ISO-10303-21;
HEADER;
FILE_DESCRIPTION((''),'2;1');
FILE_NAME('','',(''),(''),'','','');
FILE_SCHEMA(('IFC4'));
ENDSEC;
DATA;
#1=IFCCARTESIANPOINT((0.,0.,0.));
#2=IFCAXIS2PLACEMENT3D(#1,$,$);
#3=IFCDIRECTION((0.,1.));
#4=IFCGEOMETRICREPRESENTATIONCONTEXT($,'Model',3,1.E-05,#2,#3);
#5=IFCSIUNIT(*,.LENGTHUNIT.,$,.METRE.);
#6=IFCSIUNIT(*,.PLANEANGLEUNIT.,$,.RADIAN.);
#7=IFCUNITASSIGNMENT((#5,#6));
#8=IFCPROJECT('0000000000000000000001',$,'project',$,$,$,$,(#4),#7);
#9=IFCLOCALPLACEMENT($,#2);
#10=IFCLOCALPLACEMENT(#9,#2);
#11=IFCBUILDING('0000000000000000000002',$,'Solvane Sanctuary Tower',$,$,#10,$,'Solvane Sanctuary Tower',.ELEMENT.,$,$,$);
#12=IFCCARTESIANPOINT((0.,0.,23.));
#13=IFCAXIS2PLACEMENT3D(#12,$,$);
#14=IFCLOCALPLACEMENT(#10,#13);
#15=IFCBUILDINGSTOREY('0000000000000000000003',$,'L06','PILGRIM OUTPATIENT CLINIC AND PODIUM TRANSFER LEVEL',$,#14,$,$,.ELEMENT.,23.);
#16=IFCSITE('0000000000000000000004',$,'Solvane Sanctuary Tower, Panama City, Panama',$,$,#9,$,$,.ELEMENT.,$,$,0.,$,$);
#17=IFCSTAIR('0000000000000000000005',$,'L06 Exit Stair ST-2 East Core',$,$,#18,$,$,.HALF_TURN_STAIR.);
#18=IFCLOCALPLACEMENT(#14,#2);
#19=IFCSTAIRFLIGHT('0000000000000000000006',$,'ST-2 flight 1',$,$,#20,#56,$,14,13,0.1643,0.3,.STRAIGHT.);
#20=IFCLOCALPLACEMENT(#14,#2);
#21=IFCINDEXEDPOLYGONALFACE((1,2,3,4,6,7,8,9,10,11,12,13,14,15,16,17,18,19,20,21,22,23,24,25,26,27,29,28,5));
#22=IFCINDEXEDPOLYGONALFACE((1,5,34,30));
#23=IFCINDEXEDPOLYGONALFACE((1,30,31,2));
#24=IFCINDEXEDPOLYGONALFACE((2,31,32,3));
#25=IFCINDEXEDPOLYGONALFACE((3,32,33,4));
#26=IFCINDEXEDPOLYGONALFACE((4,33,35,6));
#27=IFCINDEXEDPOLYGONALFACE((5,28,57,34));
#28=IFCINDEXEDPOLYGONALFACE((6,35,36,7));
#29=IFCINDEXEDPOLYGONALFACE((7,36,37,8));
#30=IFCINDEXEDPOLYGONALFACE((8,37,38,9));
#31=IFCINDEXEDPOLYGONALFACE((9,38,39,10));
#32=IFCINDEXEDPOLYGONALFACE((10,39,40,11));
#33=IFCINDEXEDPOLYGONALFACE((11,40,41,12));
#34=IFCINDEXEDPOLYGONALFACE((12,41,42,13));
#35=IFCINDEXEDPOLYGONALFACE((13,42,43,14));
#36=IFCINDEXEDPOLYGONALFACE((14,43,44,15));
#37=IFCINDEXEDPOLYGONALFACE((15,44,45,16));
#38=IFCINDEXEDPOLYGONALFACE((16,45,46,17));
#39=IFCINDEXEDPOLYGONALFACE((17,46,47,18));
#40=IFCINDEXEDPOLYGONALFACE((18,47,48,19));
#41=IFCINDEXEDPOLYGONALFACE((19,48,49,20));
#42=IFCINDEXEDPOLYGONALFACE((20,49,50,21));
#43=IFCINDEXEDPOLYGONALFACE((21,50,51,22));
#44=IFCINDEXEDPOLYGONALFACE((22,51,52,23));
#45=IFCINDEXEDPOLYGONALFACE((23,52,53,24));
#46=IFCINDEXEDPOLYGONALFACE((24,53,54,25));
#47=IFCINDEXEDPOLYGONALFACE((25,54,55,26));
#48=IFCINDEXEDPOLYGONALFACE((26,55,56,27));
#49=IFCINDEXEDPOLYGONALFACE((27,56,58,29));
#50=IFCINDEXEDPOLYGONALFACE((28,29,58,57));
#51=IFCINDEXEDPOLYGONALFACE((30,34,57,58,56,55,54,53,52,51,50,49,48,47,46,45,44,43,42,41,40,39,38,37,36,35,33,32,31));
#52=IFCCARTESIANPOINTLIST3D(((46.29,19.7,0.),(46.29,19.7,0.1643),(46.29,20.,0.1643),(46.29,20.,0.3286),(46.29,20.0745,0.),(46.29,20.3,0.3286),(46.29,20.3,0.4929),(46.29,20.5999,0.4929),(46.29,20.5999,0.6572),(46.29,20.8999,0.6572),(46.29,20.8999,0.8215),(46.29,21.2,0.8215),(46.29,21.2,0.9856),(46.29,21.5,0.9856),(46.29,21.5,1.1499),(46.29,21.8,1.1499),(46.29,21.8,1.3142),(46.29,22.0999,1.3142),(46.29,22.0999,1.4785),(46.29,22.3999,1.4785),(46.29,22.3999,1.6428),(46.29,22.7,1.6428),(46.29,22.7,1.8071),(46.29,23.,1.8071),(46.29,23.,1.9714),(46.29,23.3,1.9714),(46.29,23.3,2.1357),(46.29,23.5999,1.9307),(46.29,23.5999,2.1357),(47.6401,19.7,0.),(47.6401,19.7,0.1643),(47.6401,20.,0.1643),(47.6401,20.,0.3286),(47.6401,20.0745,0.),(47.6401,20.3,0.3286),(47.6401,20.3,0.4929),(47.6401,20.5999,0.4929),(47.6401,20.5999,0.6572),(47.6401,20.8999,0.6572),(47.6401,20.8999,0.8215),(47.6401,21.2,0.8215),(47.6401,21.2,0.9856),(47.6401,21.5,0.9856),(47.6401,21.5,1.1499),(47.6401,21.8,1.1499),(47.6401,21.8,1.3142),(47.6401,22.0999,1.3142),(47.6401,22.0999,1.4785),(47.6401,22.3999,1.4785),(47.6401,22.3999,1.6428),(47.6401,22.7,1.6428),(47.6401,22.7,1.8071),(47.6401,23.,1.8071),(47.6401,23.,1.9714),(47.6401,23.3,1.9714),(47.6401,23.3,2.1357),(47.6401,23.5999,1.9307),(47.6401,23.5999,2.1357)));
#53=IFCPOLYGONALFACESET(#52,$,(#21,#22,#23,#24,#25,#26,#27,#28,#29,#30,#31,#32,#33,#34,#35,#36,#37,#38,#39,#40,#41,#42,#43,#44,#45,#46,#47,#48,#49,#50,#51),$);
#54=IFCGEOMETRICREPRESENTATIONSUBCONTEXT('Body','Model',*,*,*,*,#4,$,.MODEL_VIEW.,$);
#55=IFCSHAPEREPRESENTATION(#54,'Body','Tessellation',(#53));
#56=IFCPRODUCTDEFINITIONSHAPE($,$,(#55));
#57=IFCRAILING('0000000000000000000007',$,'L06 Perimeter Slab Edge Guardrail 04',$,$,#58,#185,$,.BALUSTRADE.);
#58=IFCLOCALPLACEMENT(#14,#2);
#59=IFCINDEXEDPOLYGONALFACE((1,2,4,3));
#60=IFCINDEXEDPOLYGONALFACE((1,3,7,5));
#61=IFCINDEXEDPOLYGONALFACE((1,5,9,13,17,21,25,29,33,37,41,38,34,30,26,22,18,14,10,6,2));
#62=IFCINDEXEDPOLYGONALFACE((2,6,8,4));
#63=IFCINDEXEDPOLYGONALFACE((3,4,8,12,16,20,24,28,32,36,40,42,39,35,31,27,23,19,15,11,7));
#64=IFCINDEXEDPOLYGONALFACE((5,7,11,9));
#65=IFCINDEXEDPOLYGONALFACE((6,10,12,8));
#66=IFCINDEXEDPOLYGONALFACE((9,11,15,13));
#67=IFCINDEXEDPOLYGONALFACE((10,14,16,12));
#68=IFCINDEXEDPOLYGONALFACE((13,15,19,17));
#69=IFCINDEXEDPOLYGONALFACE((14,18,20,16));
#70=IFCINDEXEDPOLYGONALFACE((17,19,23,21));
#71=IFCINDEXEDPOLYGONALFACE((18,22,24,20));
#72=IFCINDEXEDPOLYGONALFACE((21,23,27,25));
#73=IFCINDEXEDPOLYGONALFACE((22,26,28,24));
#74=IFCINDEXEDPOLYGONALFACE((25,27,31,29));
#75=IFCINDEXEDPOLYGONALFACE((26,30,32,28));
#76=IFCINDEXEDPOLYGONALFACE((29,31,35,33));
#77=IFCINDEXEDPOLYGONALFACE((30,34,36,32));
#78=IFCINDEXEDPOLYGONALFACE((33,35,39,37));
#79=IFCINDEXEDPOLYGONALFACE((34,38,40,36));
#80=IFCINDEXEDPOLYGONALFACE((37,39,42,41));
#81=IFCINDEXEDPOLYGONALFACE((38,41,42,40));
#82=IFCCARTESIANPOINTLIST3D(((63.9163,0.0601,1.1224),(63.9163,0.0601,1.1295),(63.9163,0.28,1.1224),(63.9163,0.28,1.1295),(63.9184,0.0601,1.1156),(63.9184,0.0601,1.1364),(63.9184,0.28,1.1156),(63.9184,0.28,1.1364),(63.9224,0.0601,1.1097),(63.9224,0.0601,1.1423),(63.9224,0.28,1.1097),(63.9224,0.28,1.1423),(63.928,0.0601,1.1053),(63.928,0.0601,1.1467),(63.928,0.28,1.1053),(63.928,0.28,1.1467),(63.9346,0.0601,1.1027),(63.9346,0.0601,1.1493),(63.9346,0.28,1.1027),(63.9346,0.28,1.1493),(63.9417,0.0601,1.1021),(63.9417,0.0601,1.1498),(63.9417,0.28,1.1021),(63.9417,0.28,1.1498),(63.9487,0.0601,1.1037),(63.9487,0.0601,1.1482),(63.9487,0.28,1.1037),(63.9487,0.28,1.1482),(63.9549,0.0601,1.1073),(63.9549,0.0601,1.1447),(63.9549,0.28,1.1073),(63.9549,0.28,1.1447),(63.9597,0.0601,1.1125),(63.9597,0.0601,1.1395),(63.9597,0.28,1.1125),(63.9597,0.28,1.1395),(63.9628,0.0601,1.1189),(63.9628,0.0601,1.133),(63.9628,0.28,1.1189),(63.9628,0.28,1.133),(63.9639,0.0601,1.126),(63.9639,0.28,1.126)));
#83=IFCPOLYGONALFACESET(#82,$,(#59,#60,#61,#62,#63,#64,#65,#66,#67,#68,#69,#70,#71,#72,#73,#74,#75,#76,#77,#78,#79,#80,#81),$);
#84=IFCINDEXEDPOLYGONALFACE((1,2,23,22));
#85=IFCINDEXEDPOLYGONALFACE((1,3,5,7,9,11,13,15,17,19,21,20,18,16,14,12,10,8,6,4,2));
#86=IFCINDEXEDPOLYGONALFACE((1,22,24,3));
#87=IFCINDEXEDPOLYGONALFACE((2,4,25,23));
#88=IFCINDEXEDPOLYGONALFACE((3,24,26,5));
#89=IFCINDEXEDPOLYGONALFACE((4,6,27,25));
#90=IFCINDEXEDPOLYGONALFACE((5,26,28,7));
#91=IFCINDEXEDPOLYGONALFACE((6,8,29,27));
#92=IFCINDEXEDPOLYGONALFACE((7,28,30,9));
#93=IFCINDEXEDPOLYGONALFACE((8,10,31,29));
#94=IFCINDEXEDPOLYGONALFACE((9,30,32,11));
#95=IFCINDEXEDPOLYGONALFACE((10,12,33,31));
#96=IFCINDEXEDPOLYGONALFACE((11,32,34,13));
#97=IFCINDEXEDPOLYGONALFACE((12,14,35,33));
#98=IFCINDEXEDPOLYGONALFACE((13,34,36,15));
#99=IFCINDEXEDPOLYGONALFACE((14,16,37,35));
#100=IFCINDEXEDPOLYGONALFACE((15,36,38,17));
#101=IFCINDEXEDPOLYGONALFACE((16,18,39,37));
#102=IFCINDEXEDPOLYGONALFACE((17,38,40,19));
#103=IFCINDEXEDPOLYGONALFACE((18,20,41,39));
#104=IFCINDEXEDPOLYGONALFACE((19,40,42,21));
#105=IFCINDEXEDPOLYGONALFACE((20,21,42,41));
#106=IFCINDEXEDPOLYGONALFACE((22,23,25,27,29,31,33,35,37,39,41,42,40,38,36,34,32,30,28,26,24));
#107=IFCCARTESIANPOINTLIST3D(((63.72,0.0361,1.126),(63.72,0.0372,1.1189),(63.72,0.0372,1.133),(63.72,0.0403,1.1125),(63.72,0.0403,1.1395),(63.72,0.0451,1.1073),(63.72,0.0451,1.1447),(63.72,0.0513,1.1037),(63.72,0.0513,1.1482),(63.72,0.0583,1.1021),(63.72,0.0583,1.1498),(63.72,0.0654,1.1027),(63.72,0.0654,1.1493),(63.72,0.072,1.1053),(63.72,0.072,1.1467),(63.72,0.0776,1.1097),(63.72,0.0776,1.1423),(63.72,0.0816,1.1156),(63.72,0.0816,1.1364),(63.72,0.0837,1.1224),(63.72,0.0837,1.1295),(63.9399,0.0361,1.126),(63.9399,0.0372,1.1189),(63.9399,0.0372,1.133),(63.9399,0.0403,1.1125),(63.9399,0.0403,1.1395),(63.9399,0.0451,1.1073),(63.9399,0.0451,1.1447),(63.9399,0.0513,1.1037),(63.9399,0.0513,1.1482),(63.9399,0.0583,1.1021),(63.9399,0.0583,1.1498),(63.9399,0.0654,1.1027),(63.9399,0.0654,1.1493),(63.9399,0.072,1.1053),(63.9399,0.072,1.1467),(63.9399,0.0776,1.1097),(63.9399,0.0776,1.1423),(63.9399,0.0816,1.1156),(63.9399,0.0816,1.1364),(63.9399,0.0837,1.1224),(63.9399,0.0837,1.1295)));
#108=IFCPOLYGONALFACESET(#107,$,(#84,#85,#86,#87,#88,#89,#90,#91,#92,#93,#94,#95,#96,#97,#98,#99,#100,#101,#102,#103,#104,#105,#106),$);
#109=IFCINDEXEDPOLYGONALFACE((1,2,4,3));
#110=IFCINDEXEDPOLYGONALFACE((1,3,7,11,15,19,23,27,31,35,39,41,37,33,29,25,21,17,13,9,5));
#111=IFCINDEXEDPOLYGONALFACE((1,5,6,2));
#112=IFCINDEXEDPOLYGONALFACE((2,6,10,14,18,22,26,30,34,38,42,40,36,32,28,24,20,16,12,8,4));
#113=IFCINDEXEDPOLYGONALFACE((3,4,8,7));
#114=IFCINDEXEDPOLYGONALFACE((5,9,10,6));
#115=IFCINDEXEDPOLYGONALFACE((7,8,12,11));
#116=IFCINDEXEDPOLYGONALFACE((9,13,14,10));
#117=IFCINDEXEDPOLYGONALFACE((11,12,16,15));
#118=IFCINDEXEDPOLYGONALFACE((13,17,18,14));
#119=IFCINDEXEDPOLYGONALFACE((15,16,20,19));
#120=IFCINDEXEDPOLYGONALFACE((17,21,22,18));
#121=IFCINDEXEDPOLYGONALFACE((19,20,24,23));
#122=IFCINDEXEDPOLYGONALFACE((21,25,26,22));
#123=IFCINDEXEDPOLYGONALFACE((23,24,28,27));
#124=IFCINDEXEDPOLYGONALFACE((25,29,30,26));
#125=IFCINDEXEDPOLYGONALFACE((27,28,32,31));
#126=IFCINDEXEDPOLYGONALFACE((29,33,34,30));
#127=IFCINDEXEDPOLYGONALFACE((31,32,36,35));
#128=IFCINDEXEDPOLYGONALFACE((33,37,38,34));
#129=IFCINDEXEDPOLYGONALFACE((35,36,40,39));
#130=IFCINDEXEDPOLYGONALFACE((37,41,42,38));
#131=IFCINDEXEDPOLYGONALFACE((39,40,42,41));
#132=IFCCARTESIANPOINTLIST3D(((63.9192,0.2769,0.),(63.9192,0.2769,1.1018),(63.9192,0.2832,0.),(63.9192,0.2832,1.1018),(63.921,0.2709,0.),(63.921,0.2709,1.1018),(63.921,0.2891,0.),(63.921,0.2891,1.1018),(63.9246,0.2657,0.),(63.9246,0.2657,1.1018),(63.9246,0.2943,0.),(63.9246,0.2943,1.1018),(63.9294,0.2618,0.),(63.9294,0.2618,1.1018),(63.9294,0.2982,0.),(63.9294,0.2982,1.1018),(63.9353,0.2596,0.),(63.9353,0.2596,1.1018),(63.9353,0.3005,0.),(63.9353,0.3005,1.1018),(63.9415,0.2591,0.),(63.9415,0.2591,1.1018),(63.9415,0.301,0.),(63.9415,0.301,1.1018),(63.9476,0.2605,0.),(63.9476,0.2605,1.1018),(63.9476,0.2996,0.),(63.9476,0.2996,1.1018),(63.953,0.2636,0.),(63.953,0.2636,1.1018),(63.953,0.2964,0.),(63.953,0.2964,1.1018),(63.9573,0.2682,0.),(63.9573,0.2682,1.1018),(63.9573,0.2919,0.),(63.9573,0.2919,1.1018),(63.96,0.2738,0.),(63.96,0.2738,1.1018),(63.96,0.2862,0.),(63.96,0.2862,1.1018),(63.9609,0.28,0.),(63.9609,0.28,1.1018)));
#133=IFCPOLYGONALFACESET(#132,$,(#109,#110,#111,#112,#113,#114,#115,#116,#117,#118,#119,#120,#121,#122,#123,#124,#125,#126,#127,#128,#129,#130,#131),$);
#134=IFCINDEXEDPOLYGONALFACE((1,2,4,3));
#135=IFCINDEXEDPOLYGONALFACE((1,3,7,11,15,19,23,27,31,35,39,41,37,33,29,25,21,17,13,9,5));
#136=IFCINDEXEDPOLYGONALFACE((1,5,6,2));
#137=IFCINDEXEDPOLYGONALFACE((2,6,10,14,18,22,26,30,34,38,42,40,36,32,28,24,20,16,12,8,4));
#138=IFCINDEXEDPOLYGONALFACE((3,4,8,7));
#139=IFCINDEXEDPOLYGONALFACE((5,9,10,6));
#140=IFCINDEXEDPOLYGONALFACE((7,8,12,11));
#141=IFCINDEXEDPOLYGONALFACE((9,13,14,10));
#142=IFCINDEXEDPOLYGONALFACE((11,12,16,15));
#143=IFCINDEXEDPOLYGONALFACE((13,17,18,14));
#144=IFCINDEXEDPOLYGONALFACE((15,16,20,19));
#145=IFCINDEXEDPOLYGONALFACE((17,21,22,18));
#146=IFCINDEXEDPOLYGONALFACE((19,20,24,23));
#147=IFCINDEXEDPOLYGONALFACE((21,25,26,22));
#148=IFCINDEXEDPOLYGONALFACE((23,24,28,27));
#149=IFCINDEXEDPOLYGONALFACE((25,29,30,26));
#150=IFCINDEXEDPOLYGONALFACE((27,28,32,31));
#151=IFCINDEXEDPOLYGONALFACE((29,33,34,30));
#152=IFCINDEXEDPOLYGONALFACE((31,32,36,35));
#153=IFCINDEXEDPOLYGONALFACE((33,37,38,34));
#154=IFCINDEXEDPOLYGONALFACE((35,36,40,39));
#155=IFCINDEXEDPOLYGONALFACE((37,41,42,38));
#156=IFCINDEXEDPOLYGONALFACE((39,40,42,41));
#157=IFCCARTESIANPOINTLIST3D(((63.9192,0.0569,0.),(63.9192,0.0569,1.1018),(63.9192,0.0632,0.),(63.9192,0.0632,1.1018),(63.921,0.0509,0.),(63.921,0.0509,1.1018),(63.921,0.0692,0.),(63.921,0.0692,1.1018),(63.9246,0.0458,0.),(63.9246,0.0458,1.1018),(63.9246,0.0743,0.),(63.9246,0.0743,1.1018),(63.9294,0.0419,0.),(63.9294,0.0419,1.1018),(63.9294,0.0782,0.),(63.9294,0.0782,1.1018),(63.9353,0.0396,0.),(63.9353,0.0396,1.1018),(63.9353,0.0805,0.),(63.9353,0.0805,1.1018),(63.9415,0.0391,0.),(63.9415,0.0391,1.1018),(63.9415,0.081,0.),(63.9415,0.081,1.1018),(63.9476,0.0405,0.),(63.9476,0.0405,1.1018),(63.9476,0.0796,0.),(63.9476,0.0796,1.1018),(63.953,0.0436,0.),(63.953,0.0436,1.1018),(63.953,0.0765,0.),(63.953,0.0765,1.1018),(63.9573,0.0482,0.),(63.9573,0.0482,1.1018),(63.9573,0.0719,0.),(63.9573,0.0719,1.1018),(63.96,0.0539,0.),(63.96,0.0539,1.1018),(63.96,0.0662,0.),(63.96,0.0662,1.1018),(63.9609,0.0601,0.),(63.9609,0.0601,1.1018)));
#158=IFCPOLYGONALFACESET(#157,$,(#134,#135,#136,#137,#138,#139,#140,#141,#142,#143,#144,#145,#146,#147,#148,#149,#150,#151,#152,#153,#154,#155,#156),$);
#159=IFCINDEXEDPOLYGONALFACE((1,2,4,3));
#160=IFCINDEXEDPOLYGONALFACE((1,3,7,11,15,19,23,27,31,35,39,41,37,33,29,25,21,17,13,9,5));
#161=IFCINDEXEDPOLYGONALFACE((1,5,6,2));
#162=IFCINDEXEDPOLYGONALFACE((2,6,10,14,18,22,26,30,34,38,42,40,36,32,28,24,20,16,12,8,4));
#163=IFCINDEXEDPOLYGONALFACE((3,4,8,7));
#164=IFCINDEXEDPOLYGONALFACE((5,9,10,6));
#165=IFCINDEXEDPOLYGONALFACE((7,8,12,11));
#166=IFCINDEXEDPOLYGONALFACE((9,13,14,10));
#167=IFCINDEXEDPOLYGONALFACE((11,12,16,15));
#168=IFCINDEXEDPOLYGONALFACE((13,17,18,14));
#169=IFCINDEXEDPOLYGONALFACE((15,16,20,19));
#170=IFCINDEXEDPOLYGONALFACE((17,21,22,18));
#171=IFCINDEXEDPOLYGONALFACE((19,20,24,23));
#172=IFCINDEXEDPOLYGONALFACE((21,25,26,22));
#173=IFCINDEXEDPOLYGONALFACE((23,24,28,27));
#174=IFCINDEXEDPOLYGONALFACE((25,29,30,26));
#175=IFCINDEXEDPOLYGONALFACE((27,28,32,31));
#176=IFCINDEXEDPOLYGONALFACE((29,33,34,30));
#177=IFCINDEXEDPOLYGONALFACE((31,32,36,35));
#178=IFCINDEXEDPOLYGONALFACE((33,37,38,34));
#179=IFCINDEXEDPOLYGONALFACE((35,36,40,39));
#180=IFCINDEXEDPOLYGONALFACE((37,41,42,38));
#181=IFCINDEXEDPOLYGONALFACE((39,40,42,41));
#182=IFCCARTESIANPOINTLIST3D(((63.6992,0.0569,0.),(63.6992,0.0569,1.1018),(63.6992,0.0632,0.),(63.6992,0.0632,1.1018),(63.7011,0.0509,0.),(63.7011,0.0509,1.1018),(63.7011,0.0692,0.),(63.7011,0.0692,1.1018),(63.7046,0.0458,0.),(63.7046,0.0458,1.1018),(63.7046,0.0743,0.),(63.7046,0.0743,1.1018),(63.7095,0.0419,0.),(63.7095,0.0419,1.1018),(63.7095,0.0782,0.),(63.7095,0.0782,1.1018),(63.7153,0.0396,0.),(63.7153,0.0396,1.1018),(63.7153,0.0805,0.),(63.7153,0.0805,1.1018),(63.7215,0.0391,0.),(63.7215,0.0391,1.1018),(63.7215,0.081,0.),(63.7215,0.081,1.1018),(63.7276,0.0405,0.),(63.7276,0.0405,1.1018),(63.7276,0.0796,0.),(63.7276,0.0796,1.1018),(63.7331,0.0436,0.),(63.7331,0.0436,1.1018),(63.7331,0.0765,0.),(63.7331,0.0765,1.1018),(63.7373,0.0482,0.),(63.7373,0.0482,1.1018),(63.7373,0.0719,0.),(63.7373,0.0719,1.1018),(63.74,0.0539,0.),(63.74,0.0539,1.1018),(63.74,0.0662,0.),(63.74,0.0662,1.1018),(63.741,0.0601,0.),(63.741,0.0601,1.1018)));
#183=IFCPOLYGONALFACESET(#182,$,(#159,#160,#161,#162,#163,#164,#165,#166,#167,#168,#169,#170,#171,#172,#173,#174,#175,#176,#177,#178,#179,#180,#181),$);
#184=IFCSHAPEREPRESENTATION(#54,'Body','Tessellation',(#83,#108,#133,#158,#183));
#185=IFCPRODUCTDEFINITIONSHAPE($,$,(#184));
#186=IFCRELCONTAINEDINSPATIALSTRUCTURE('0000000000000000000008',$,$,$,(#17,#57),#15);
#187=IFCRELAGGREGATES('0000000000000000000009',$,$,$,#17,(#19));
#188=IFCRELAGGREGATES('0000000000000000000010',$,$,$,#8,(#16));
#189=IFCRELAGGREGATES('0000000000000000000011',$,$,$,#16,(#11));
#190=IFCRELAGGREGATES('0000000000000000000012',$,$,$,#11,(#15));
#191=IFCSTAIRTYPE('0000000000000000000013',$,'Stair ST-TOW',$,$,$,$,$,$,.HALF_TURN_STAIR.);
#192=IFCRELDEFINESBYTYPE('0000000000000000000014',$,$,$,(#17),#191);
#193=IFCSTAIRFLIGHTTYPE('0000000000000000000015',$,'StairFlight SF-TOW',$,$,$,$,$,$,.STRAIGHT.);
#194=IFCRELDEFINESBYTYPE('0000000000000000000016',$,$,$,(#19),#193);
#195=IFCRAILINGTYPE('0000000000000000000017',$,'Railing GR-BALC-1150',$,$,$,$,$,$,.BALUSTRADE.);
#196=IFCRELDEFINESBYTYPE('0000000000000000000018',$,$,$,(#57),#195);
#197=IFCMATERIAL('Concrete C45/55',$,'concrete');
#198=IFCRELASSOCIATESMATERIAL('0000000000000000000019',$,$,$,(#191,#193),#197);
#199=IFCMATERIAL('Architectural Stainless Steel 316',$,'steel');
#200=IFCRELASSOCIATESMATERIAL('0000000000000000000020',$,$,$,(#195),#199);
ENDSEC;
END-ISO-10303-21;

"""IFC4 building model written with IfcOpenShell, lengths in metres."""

from ifc_helpers import new_model, si_unit, direction, frame, origin, origin_2d, place, context, subcontext, project, spatial, polyline, circle, outline, extrude, material, type_object, element, aggregate, save


model = new_model("IFC4")

# Units and contexts
model_context = context("Model", 3, precision=1e-05, world=origin(), true_north=direction((0.0, 1.0)))
body_context = subcontext(model_context, "Body", "Model", "MODEL_VIEW")
ifc_project = project(units=[si_unit("LENGTHUNIT", "METRE"), si_unit("PLANEANGLEUNIT", "RADIAN")], contexts=[model_context])

# Site, building, storey
site_placement = place(None, origin())
site = spatial("IfcSite", under=ifc_project, at=site_placement, Name="Solvane Sanctuary Tower, Panama City, Panama", CompositionType="ELEMENT", RefElevation=0.0)
building_placement = place(site_placement, origin())
building = spatial("IfcBuilding", under=site, at=building_placement, Name="Solvane Sanctuary Tower", LongName="Solvane Sanctuary Tower", CompositionType="ELEMENT")
storey_placement = place(building_placement, frame((0.0, 0.0, 23.0)))
storey = spatial("IfcBuildingStorey", under=building, at=storey_placement, Name="L06", Description="PILGRIM OUTPATIENT CLINIC AND PODIUM TRANSFER LEVEL", CompositionType="ELEMENT", Elevation=23.0)

# Shared definitions
ifc_material_1 = material(Name="Architectural Stainless Steel 316", Category="steel")

# Stair, stair flight
ifc_material_2 = material(Name="Concrete C45/55", Category="concrete")
stair_type = type_object("IfcStairType", Name="Stair ST-TOW", PredefinedType="HALF_TURN_STAIR", material=ifc_material_2)
stair_placement = place(storey_placement, origin())
stair = element("IfcStair", 1, at=stair_placement, inside=storey, type_object=stair_type, Name="L06 Exit Stair ST-2 East Core", PredefinedType="HALF_TURN_STAIR")
stair_flight_type = type_object("IfcStairFlightType", Name="StairFlight SF-TOW", PredefinedType="STRAIGHT", material=ifc_material_2)
stair_flight_placement = place(storey_placement, frame((46.9651, 19.7, 0.0), z_axis=(0.0, 0.0, 1.0), x_axis=(0.0, 1.0, 0.0)))
stair_flight = element("IfcStairFlight", 2, at=stair_flight_placement, type_object=stair_flight_type, Name="ST-2 flight 1", NumberOfRisers=14, NumberOfTreads=13, PredefinedType="STRAIGHT", RiserHeight=0.1643, TreadLength=0.3, context=body_context, shape_type="SweptSolid", body=[
    extrude(outline(polyline([(0.0, 0.0), (0.0, 0.1643), (0.3, 0.1643), (0.3, 0.3286), (0.6001, 0.3286), (0.6001, 0.4929), (0.8999, 0.4929), (0.8999, 0.6572), (1.2, 0.6572), (1.2, 0.8215), (1.5, 0.8215), (1.5, 0.9856), (1.8, 0.9856), (1.8, 1.1499), (2.1001, 1.1499), (2.1001, 1.3142), (2.3999, 1.3142), (2.3999, 1.4785), (2.7, 1.4785), (2.7, 1.6428), (3.0, 1.6428), (3.0, 1.8071), (3.3, 1.8071), (3.3, 1.9714), (3.6001, 1.9714), (3.6001, 2.1357), (3.8999, 2.1357), (3.8999, 2.3), (3.8999, 1.9307), (0.3745, 0.0), (0.0, 0.0)])), frame((0.0, 0.675, 0.0), z_axis=(0.0, -1.0, 0.0), x_axis=(1.0, 0.0, 0.0)), (0.0, 0.0, 1.0), 1.3501),
])
aggregate(stair, [stair_flight])

# Railing
railing_type_1 = type_object("IfcRailingType", Name="Railing GR-BALC-1150", PredefinedType="BALUSTRADE", material=ifc_material_1)
railing_1_placement = place(storey_placement, frame((63.9399, 0.28, 0.0)))
element("IfcRailing", 3, at=railing_1_placement, inside=storey, type_object=railing_type_1, Name="L06 Perimeter Slab Edge Guardrail 04", PredefinedType="BALUSTRADE", context=body_context, shape_type="SweptSolid", body=[
    extrude(circle(Radius=0.0239, at=origin_2d()), frame((0.0, 0.0, 1.126), z_axis=(0.0, -1.0, 0.0), x_axis=(1.0, 0.0, 0.0)), (0.0, 0.0, 1.0), 0.22),
    extrude(circle(Radius=0.0239, at=origin_2d()), frame((0.0, -0.22, 1.126), z_axis=(-1.0, 0.0, 0.0), x_axis=(0.0, -1.0, 0.0)), (0.0, 0.0, 1.0), 0.22),
    extrude(circle(Radius=0.021, at=origin_2d()), origin(), (0.0, 0.0, 1.0), 1.1018),
    extrude(circle(Radius=0.021, at=origin_2d()), frame((0.0, -0.22, 0.0)), (0.0, 0.0, 1.0), 1.1018),
    extrude(circle(Radius=0.021, at=origin_2d()), frame((-0.22, -0.22, 0.0)), (0.0, 0.0, 1.0), 1.1018),
])

save(model, "model.ifc")
